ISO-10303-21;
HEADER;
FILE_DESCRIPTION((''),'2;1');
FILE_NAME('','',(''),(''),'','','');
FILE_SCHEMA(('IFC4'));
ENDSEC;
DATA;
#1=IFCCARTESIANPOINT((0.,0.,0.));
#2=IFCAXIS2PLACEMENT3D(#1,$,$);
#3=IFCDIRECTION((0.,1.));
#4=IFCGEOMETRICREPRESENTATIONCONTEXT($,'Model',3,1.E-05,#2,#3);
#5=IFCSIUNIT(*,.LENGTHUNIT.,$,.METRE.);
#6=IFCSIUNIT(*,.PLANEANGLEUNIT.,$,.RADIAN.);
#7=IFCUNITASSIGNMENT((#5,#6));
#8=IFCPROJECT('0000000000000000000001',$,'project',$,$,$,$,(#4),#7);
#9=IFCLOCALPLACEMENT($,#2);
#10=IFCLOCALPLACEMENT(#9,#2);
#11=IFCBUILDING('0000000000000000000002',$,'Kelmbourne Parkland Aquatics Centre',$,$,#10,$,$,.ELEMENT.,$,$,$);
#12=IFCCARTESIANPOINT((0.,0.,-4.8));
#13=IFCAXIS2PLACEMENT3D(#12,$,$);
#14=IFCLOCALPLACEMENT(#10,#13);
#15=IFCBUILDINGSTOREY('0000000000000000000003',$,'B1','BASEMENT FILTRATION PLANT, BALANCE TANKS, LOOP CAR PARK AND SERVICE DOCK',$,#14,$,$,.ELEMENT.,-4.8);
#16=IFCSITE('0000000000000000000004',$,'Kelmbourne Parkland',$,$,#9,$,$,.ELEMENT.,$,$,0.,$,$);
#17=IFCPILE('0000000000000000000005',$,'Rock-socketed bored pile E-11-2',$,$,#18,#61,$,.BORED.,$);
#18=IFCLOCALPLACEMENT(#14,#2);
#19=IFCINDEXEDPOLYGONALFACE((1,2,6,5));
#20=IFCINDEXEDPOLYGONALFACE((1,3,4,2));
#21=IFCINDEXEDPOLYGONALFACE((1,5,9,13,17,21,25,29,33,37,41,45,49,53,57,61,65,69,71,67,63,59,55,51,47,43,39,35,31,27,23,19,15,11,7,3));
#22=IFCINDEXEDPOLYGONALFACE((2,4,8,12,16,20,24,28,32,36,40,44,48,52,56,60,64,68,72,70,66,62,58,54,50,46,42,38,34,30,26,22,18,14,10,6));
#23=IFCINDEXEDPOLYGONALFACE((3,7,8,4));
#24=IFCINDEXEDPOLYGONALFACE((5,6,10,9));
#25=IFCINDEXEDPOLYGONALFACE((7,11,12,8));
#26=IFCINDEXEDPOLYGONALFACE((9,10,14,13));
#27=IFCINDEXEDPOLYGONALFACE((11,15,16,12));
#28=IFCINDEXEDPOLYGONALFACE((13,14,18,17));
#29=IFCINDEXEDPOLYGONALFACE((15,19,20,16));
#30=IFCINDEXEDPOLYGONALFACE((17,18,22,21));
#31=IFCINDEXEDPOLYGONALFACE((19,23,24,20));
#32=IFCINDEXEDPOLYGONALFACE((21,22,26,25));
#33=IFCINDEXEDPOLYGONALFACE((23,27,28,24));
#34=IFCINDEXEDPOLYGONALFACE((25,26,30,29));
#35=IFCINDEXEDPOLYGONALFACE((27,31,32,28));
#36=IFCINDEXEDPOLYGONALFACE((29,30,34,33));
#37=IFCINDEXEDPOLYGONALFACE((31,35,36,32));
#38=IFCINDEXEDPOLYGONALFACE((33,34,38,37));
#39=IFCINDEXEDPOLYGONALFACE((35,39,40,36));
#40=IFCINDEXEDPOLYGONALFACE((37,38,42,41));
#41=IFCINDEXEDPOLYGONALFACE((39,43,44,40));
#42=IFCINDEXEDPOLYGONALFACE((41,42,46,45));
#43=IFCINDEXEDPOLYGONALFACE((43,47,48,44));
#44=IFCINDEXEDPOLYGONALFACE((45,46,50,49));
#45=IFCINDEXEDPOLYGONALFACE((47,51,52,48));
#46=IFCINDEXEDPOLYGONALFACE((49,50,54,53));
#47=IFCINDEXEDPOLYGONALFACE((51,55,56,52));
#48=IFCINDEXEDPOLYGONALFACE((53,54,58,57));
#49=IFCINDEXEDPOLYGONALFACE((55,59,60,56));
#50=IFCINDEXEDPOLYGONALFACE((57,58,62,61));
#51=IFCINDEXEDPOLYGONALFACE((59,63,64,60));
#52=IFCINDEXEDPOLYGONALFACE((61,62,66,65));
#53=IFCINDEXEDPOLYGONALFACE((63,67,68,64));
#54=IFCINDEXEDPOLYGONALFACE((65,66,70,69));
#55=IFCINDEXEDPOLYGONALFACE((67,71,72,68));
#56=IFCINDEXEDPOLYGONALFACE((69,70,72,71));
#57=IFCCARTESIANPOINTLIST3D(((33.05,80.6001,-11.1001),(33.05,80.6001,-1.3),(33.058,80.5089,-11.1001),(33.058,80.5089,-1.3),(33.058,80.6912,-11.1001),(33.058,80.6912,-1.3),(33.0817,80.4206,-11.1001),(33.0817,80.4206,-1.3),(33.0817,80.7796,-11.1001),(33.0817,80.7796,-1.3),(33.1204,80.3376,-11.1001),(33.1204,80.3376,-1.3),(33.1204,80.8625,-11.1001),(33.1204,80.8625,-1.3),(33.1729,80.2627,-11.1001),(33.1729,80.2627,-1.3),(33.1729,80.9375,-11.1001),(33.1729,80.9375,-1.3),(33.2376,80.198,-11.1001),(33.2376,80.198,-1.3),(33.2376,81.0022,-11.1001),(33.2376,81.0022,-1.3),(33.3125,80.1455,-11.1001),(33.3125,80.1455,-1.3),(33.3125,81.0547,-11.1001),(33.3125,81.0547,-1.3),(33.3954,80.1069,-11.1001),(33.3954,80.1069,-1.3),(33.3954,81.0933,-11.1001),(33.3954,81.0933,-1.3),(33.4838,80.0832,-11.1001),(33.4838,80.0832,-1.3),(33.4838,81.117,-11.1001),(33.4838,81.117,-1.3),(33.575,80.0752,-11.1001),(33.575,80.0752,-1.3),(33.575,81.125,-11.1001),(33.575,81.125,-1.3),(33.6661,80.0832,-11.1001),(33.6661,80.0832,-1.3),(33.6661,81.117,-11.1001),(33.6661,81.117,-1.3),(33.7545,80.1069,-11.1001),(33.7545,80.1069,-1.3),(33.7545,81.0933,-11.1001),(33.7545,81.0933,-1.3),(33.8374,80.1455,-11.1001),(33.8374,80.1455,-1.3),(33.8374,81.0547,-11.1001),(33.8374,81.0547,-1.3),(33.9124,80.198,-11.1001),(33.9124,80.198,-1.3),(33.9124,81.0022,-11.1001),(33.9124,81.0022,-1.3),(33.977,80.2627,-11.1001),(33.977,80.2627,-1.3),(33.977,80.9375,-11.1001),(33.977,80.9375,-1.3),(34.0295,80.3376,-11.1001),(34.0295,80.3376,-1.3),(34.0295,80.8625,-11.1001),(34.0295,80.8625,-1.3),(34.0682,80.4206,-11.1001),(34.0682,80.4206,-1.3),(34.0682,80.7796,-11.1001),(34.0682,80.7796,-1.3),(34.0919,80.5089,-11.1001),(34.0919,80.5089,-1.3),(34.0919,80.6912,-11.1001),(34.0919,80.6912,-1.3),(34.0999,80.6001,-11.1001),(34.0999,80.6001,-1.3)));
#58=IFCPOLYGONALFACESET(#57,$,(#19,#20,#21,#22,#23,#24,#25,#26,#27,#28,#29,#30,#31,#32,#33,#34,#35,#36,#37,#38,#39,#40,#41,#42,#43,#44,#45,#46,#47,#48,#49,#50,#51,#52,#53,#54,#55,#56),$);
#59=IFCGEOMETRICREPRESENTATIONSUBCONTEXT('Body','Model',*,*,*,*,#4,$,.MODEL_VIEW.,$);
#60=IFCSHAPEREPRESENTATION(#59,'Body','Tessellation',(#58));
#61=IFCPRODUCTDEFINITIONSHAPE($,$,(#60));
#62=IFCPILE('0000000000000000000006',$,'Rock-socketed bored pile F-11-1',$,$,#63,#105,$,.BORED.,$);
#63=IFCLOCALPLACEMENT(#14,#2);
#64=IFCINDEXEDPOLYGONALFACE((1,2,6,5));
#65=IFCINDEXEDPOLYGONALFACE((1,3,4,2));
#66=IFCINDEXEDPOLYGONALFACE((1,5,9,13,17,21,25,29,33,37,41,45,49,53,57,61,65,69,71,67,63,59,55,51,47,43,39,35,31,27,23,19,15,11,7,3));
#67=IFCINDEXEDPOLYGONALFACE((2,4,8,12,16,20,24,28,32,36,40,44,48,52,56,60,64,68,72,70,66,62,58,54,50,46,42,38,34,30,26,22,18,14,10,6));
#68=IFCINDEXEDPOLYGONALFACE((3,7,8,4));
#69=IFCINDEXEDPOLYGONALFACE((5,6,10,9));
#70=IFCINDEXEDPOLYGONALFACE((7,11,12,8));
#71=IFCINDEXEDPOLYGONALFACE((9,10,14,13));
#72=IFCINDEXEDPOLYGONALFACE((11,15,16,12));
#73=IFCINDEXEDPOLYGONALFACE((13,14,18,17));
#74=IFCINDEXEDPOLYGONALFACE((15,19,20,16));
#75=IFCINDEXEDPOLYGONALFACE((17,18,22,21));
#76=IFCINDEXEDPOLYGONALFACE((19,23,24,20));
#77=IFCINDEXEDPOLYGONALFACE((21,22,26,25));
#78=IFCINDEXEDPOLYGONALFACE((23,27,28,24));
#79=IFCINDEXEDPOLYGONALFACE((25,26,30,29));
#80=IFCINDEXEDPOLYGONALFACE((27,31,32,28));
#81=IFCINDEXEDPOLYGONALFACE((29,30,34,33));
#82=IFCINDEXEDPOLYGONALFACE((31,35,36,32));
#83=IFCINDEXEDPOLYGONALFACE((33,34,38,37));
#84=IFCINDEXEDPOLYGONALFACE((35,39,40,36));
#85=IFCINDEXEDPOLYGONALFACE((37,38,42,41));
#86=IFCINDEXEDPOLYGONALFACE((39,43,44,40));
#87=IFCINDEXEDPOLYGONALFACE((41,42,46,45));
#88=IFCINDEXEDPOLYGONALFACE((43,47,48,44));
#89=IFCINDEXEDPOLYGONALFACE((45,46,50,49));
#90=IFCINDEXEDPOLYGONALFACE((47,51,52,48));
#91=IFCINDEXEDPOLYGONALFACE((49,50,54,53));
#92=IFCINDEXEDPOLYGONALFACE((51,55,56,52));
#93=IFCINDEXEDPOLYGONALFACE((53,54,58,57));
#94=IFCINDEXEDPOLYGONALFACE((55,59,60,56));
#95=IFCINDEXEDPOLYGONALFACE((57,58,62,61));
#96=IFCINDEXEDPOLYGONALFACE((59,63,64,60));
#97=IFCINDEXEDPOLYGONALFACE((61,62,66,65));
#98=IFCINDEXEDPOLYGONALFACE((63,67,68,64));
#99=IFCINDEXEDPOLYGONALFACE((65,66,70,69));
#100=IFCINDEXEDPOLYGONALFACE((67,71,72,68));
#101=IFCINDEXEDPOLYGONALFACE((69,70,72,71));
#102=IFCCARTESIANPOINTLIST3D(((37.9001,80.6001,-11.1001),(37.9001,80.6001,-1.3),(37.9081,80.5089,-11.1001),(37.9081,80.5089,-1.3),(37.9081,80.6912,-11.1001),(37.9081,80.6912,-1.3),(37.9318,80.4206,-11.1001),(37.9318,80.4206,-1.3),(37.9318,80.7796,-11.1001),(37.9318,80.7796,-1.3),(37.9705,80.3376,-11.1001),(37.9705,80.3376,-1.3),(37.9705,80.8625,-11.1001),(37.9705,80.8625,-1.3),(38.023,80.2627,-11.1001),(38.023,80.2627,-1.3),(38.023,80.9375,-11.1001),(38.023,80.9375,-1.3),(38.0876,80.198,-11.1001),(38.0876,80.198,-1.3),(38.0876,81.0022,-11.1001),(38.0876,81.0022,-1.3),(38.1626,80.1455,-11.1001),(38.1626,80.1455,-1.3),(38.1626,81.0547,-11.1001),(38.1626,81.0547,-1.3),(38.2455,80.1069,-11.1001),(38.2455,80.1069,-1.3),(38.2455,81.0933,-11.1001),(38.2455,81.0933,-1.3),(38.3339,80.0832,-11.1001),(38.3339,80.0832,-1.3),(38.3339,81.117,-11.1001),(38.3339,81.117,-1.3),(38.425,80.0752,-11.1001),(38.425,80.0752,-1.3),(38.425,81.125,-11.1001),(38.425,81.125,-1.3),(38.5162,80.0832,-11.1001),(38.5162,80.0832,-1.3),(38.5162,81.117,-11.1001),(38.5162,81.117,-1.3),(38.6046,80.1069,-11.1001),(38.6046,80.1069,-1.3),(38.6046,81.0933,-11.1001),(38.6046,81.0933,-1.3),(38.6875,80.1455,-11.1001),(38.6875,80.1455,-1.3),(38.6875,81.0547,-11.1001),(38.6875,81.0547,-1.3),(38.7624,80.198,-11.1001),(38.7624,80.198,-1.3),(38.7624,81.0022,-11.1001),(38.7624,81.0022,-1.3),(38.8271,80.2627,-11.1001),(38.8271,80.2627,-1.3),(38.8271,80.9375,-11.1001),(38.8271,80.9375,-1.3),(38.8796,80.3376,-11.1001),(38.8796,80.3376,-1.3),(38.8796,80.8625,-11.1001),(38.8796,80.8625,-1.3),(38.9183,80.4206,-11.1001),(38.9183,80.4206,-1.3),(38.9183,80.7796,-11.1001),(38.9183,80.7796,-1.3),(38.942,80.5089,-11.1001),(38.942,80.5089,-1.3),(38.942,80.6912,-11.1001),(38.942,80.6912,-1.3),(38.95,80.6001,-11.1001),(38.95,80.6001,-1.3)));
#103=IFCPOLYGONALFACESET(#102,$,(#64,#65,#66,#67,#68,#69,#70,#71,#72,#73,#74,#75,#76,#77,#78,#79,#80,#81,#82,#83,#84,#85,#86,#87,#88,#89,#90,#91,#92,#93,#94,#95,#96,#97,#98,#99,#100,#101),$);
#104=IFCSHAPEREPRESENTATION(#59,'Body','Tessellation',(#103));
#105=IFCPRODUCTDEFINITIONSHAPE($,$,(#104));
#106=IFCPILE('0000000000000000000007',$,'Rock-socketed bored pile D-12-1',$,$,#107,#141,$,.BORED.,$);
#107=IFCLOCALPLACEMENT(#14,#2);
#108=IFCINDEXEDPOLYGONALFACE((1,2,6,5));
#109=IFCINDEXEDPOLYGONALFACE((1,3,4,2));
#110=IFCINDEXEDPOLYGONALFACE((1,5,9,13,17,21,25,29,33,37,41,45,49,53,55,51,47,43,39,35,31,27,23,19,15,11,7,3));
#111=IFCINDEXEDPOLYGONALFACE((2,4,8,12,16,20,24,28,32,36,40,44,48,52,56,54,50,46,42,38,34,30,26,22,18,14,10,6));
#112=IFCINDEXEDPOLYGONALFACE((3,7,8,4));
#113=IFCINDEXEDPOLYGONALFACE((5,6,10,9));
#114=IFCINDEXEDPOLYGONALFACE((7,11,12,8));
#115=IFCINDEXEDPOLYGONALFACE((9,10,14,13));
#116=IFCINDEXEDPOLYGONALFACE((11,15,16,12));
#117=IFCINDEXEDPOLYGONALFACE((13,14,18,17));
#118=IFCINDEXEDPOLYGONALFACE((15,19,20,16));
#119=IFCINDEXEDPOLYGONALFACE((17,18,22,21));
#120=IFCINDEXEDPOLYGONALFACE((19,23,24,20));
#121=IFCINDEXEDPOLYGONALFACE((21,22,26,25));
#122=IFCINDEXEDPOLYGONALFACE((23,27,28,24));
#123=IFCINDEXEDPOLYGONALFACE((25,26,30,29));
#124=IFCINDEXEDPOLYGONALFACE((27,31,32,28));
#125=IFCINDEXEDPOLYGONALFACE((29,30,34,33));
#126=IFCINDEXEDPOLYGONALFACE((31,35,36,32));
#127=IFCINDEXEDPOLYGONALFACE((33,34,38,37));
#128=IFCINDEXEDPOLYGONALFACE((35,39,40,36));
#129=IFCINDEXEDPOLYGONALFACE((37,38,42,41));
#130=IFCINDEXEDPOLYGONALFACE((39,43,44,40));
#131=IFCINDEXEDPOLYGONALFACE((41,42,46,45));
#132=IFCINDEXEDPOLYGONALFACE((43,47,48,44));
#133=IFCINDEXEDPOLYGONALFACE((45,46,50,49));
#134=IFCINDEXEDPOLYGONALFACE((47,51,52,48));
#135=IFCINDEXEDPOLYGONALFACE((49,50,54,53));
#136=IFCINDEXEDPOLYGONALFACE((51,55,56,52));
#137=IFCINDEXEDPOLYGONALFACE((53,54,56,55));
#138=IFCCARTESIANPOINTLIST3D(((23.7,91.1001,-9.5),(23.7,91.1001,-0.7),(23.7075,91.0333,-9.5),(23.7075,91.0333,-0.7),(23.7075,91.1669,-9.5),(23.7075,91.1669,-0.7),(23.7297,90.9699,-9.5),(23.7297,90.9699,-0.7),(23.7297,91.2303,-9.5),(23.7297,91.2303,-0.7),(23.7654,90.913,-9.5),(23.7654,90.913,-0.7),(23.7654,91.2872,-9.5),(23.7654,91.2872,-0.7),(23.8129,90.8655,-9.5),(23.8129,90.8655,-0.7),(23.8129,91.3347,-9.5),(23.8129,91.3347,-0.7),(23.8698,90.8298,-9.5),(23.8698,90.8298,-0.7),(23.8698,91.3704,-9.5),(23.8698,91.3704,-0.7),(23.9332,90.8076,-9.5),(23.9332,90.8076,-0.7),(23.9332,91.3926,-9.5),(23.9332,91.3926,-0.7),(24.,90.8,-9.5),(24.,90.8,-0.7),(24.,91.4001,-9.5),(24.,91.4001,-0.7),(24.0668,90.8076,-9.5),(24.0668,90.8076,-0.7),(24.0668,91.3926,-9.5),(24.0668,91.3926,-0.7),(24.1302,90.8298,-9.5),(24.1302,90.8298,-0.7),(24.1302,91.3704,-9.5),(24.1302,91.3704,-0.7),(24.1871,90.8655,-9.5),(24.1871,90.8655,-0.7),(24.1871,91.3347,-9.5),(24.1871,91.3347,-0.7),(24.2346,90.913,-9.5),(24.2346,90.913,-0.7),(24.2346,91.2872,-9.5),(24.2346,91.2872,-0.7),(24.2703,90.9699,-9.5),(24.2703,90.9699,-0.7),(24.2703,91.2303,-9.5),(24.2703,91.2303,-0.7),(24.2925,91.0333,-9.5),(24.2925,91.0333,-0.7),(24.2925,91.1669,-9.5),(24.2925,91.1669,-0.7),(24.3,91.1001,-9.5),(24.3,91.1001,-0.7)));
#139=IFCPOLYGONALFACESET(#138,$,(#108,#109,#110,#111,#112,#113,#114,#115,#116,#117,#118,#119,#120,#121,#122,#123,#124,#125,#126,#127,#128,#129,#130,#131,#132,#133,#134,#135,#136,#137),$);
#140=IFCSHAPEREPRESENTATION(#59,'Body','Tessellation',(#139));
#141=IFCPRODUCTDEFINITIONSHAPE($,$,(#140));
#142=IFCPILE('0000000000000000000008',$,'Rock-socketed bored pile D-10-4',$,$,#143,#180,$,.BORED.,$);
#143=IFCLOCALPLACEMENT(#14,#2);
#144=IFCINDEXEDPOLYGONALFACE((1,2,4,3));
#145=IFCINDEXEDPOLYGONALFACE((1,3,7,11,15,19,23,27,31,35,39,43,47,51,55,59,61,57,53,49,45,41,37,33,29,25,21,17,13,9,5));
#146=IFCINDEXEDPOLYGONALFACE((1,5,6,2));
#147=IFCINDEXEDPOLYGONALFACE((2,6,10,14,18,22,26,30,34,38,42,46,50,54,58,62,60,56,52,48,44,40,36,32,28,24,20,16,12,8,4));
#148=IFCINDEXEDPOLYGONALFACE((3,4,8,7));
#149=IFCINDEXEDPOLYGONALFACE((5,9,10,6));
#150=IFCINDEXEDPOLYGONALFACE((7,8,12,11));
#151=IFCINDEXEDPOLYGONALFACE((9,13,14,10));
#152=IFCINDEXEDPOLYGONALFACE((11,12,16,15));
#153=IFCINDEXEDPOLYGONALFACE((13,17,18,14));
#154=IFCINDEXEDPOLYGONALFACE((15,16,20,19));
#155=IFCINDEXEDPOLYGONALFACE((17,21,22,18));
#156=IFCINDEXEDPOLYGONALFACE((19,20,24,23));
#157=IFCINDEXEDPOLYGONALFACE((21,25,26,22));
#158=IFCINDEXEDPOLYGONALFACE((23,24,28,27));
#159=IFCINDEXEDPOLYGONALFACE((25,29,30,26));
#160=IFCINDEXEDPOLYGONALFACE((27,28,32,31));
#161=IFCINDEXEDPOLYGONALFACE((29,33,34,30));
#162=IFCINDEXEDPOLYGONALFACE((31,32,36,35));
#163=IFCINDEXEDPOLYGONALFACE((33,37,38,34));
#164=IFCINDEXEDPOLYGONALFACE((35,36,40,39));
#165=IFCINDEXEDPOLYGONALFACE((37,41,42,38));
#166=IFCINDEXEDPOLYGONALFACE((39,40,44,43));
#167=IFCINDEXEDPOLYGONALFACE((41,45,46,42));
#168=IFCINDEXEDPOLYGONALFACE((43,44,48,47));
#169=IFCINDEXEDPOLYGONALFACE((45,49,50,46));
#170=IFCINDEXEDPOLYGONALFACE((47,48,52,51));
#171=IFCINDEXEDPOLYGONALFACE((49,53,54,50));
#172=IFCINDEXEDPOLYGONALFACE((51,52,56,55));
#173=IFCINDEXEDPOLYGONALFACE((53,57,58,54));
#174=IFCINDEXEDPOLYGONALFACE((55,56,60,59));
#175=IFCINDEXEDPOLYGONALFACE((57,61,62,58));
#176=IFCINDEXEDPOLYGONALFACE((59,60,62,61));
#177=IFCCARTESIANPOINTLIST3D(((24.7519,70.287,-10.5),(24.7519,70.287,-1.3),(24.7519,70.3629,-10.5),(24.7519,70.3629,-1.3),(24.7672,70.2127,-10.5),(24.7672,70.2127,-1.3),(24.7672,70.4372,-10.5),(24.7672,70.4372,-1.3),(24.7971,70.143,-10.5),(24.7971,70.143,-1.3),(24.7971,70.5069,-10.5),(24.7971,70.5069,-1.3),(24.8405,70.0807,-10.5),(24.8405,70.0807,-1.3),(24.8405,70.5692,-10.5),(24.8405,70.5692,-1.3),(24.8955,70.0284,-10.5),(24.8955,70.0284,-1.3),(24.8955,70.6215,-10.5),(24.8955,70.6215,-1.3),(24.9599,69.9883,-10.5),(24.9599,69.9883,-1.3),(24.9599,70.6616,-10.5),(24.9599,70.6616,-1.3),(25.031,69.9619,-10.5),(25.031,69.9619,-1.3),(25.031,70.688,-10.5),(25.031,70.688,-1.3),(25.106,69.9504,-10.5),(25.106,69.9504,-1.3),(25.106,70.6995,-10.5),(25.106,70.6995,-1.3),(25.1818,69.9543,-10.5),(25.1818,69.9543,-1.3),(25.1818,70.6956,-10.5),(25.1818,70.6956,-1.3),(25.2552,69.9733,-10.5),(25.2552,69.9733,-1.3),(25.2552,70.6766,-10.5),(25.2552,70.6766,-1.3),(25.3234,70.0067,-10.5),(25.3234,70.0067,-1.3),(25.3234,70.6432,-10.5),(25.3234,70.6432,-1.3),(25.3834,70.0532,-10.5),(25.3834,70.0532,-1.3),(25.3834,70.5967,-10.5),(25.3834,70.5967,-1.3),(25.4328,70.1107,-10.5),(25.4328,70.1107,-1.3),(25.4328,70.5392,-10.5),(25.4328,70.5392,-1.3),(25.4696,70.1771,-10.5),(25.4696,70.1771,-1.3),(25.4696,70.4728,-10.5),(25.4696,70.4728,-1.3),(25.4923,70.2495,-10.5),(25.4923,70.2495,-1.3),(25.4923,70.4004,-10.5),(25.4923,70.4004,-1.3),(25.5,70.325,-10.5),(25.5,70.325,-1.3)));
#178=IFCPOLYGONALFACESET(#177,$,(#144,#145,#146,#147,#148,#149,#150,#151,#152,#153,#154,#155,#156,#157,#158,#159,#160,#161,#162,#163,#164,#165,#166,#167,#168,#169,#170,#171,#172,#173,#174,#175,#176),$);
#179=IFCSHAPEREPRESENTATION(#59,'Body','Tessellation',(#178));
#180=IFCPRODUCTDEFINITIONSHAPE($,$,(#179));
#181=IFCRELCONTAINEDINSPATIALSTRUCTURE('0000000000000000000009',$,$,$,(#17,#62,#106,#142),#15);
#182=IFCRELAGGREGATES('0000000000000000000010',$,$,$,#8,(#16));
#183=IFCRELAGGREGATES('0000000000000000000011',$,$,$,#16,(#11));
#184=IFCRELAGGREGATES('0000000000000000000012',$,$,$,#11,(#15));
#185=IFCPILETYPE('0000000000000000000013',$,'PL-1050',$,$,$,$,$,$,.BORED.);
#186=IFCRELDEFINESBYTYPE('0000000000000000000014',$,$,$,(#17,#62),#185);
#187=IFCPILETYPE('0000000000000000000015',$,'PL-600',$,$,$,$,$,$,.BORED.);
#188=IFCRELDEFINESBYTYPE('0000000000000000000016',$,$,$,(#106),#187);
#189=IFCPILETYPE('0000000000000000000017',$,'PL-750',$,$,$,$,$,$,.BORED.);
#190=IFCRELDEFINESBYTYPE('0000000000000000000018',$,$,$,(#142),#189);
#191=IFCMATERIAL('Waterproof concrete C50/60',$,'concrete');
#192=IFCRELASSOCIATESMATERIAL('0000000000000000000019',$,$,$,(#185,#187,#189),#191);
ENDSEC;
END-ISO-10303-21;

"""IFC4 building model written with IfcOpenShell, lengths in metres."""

from ifc_helpers import new_model, si_unit, direction, frame, origin, origin_2d, place, context, subcontext, project, spatial, circle, extrude, material, material_profile, profile_set, type_object, element, save


model = new_model("IFC4")

# Units and contexts
model_context = context("Model", 3, precision=1e-05, world=origin(), true_north=direction((0.0, 1.0)))
body_context = subcontext(model_context, "Body", "Model", "MODEL_VIEW")
ifc_project = project(units=[si_unit("LENGTHUNIT", "METRE"), si_unit("PLANEANGLEUNIT", "RADIAN")], contexts=[model_context])

# Site, building, storey
site_placement = place(None, origin())
site = spatial("IfcSite", under=ifc_project, at=site_placement, Name="Kelmbourne Parkland", CompositionType="ELEMENT", RefElevation=0.0)
building_placement = place(site_placement, origin())
building = spatial("IfcBuilding", under=site, at=building_placement, Name="Kelmbourne Parkland Aquatics Centre", CompositionType="ELEMENT")
storey_placement = place(building_placement, frame((0.0, 0.0, -4.8)))
storey = spatial("IfcBuildingStorey", under=building, at=storey_placement, Name="B1", Description="BASEMENT FILTRATION PLANT, BALANCE TANKS, LOOP CAR PARK AND SERVICE DOCK", CompositionType="ELEMENT", Elevation=-4.8)

# Shared definitions
ifc_material_1 = material(Name="Waterproof concrete C50/60", Category="concrete")

# Piles
ifc_material_profile_1 = material_profile(ifc_material_1, circle(Radius=0.5249, at=origin_2d()), Name="PILE D1050")
ifc_profile_set_1 = profile_set([ifc_material_profile_1], Name="Waterproof concrete C50/60")
pile_type_1 = type_object("IfcPileType", Name="PL-1050", PredefinedType="BORED", material=ifc_profile_set_1)
for number, where, z_axis, x_axis, name in (
    (1, (33.575, 80.6001, -1.3), (0.0, 0.0, -1.0), (1.0, 0.0, 0.0), "Rock-socketed bored pile E-11-2"),
    (2, (38.425, 80.6001, -1.3), (0.0, 0.0, -1.0), (1.0, 0.0, 0.0), "Rock-socketed bored pile F-11-1"),
):
    element("IfcPile", number, at=place(storey_placement, frame(where, z_axis=z_axis, x_axis=x_axis)), inside=storey, type_object=pile_type_1, Name=name, PredefinedType="BORED", context=body_context, shape_type="SweptSolid", body=[
        extrude(circle(Radius=0.5249, at=origin_2d()), origin(), (0.0, 0.0, 1.0), 9.8),
    ])
ifc_material_profile_2 = material_profile(ifc_material_1, circle(Radius=0.3, at=origin_2d()), Name="PILE D600")
ifc_profile_set_2 = profile_set([ifc_material_profile_2], Name="Waterproof concrete C50/60")
pile_type_2 = type_object("IfcPileType", Name="PL-600", PredefinedType="BORED", material=ifc_profile_set_2)
pile_1_placement = place(storey_placement, frame((24.0, 91.1001, -0.7), z_axis=(0.0, 0.0, -1.0), x_axis=(1.0, 0.0, 0.0)))
element("IfcPile", 3, at=pile_1_placement, inside=storey, type_object=pile_type_2, Name="Rock-socketed bored pile D-12-1", PredefinedType="BORED", context=body_context, shape_type="SweptSolid", body=[
    extrude(circle(Radius=0.3, at=origin_2d()), origin(), (0.0, 0.0, 1.0), 8.8),
])
ifc_material_profile_3 = material_profile(ifc_material_1, circle(Radius=0.375, at=origin_2d()), Name="PILE D750")
ifc_profile_set_3 = profile_set([ifc_material_profile_3], Name="Waterproof concrete C50/60")
pile_type_3 = type_object("IfcPileType", Name="PL-750", PredefinedType="BORED", material=ifc_profile_set_3)
pile_2_placement = place(storey_placement, frame((25.125, 70.325, -1.3), z_axis=(0.0, 0.0, -1.0), x_axis=(1.0, 0.0, 0.0)))
element("IfcPile", 4, at=pile_2_placement, inside=storey, type_object=pile_type_3, Name="Rock-socketed bored pile D-10-4", PredefinedType="BORED", context=body_context, shape_type="SweptSolid", body=[
    extrude(circle(Radius=0.375, at=origin_2d()), origin(), (0.0, 0.0, 1.0), 9.2),
])

save(model, "model.ifc")
